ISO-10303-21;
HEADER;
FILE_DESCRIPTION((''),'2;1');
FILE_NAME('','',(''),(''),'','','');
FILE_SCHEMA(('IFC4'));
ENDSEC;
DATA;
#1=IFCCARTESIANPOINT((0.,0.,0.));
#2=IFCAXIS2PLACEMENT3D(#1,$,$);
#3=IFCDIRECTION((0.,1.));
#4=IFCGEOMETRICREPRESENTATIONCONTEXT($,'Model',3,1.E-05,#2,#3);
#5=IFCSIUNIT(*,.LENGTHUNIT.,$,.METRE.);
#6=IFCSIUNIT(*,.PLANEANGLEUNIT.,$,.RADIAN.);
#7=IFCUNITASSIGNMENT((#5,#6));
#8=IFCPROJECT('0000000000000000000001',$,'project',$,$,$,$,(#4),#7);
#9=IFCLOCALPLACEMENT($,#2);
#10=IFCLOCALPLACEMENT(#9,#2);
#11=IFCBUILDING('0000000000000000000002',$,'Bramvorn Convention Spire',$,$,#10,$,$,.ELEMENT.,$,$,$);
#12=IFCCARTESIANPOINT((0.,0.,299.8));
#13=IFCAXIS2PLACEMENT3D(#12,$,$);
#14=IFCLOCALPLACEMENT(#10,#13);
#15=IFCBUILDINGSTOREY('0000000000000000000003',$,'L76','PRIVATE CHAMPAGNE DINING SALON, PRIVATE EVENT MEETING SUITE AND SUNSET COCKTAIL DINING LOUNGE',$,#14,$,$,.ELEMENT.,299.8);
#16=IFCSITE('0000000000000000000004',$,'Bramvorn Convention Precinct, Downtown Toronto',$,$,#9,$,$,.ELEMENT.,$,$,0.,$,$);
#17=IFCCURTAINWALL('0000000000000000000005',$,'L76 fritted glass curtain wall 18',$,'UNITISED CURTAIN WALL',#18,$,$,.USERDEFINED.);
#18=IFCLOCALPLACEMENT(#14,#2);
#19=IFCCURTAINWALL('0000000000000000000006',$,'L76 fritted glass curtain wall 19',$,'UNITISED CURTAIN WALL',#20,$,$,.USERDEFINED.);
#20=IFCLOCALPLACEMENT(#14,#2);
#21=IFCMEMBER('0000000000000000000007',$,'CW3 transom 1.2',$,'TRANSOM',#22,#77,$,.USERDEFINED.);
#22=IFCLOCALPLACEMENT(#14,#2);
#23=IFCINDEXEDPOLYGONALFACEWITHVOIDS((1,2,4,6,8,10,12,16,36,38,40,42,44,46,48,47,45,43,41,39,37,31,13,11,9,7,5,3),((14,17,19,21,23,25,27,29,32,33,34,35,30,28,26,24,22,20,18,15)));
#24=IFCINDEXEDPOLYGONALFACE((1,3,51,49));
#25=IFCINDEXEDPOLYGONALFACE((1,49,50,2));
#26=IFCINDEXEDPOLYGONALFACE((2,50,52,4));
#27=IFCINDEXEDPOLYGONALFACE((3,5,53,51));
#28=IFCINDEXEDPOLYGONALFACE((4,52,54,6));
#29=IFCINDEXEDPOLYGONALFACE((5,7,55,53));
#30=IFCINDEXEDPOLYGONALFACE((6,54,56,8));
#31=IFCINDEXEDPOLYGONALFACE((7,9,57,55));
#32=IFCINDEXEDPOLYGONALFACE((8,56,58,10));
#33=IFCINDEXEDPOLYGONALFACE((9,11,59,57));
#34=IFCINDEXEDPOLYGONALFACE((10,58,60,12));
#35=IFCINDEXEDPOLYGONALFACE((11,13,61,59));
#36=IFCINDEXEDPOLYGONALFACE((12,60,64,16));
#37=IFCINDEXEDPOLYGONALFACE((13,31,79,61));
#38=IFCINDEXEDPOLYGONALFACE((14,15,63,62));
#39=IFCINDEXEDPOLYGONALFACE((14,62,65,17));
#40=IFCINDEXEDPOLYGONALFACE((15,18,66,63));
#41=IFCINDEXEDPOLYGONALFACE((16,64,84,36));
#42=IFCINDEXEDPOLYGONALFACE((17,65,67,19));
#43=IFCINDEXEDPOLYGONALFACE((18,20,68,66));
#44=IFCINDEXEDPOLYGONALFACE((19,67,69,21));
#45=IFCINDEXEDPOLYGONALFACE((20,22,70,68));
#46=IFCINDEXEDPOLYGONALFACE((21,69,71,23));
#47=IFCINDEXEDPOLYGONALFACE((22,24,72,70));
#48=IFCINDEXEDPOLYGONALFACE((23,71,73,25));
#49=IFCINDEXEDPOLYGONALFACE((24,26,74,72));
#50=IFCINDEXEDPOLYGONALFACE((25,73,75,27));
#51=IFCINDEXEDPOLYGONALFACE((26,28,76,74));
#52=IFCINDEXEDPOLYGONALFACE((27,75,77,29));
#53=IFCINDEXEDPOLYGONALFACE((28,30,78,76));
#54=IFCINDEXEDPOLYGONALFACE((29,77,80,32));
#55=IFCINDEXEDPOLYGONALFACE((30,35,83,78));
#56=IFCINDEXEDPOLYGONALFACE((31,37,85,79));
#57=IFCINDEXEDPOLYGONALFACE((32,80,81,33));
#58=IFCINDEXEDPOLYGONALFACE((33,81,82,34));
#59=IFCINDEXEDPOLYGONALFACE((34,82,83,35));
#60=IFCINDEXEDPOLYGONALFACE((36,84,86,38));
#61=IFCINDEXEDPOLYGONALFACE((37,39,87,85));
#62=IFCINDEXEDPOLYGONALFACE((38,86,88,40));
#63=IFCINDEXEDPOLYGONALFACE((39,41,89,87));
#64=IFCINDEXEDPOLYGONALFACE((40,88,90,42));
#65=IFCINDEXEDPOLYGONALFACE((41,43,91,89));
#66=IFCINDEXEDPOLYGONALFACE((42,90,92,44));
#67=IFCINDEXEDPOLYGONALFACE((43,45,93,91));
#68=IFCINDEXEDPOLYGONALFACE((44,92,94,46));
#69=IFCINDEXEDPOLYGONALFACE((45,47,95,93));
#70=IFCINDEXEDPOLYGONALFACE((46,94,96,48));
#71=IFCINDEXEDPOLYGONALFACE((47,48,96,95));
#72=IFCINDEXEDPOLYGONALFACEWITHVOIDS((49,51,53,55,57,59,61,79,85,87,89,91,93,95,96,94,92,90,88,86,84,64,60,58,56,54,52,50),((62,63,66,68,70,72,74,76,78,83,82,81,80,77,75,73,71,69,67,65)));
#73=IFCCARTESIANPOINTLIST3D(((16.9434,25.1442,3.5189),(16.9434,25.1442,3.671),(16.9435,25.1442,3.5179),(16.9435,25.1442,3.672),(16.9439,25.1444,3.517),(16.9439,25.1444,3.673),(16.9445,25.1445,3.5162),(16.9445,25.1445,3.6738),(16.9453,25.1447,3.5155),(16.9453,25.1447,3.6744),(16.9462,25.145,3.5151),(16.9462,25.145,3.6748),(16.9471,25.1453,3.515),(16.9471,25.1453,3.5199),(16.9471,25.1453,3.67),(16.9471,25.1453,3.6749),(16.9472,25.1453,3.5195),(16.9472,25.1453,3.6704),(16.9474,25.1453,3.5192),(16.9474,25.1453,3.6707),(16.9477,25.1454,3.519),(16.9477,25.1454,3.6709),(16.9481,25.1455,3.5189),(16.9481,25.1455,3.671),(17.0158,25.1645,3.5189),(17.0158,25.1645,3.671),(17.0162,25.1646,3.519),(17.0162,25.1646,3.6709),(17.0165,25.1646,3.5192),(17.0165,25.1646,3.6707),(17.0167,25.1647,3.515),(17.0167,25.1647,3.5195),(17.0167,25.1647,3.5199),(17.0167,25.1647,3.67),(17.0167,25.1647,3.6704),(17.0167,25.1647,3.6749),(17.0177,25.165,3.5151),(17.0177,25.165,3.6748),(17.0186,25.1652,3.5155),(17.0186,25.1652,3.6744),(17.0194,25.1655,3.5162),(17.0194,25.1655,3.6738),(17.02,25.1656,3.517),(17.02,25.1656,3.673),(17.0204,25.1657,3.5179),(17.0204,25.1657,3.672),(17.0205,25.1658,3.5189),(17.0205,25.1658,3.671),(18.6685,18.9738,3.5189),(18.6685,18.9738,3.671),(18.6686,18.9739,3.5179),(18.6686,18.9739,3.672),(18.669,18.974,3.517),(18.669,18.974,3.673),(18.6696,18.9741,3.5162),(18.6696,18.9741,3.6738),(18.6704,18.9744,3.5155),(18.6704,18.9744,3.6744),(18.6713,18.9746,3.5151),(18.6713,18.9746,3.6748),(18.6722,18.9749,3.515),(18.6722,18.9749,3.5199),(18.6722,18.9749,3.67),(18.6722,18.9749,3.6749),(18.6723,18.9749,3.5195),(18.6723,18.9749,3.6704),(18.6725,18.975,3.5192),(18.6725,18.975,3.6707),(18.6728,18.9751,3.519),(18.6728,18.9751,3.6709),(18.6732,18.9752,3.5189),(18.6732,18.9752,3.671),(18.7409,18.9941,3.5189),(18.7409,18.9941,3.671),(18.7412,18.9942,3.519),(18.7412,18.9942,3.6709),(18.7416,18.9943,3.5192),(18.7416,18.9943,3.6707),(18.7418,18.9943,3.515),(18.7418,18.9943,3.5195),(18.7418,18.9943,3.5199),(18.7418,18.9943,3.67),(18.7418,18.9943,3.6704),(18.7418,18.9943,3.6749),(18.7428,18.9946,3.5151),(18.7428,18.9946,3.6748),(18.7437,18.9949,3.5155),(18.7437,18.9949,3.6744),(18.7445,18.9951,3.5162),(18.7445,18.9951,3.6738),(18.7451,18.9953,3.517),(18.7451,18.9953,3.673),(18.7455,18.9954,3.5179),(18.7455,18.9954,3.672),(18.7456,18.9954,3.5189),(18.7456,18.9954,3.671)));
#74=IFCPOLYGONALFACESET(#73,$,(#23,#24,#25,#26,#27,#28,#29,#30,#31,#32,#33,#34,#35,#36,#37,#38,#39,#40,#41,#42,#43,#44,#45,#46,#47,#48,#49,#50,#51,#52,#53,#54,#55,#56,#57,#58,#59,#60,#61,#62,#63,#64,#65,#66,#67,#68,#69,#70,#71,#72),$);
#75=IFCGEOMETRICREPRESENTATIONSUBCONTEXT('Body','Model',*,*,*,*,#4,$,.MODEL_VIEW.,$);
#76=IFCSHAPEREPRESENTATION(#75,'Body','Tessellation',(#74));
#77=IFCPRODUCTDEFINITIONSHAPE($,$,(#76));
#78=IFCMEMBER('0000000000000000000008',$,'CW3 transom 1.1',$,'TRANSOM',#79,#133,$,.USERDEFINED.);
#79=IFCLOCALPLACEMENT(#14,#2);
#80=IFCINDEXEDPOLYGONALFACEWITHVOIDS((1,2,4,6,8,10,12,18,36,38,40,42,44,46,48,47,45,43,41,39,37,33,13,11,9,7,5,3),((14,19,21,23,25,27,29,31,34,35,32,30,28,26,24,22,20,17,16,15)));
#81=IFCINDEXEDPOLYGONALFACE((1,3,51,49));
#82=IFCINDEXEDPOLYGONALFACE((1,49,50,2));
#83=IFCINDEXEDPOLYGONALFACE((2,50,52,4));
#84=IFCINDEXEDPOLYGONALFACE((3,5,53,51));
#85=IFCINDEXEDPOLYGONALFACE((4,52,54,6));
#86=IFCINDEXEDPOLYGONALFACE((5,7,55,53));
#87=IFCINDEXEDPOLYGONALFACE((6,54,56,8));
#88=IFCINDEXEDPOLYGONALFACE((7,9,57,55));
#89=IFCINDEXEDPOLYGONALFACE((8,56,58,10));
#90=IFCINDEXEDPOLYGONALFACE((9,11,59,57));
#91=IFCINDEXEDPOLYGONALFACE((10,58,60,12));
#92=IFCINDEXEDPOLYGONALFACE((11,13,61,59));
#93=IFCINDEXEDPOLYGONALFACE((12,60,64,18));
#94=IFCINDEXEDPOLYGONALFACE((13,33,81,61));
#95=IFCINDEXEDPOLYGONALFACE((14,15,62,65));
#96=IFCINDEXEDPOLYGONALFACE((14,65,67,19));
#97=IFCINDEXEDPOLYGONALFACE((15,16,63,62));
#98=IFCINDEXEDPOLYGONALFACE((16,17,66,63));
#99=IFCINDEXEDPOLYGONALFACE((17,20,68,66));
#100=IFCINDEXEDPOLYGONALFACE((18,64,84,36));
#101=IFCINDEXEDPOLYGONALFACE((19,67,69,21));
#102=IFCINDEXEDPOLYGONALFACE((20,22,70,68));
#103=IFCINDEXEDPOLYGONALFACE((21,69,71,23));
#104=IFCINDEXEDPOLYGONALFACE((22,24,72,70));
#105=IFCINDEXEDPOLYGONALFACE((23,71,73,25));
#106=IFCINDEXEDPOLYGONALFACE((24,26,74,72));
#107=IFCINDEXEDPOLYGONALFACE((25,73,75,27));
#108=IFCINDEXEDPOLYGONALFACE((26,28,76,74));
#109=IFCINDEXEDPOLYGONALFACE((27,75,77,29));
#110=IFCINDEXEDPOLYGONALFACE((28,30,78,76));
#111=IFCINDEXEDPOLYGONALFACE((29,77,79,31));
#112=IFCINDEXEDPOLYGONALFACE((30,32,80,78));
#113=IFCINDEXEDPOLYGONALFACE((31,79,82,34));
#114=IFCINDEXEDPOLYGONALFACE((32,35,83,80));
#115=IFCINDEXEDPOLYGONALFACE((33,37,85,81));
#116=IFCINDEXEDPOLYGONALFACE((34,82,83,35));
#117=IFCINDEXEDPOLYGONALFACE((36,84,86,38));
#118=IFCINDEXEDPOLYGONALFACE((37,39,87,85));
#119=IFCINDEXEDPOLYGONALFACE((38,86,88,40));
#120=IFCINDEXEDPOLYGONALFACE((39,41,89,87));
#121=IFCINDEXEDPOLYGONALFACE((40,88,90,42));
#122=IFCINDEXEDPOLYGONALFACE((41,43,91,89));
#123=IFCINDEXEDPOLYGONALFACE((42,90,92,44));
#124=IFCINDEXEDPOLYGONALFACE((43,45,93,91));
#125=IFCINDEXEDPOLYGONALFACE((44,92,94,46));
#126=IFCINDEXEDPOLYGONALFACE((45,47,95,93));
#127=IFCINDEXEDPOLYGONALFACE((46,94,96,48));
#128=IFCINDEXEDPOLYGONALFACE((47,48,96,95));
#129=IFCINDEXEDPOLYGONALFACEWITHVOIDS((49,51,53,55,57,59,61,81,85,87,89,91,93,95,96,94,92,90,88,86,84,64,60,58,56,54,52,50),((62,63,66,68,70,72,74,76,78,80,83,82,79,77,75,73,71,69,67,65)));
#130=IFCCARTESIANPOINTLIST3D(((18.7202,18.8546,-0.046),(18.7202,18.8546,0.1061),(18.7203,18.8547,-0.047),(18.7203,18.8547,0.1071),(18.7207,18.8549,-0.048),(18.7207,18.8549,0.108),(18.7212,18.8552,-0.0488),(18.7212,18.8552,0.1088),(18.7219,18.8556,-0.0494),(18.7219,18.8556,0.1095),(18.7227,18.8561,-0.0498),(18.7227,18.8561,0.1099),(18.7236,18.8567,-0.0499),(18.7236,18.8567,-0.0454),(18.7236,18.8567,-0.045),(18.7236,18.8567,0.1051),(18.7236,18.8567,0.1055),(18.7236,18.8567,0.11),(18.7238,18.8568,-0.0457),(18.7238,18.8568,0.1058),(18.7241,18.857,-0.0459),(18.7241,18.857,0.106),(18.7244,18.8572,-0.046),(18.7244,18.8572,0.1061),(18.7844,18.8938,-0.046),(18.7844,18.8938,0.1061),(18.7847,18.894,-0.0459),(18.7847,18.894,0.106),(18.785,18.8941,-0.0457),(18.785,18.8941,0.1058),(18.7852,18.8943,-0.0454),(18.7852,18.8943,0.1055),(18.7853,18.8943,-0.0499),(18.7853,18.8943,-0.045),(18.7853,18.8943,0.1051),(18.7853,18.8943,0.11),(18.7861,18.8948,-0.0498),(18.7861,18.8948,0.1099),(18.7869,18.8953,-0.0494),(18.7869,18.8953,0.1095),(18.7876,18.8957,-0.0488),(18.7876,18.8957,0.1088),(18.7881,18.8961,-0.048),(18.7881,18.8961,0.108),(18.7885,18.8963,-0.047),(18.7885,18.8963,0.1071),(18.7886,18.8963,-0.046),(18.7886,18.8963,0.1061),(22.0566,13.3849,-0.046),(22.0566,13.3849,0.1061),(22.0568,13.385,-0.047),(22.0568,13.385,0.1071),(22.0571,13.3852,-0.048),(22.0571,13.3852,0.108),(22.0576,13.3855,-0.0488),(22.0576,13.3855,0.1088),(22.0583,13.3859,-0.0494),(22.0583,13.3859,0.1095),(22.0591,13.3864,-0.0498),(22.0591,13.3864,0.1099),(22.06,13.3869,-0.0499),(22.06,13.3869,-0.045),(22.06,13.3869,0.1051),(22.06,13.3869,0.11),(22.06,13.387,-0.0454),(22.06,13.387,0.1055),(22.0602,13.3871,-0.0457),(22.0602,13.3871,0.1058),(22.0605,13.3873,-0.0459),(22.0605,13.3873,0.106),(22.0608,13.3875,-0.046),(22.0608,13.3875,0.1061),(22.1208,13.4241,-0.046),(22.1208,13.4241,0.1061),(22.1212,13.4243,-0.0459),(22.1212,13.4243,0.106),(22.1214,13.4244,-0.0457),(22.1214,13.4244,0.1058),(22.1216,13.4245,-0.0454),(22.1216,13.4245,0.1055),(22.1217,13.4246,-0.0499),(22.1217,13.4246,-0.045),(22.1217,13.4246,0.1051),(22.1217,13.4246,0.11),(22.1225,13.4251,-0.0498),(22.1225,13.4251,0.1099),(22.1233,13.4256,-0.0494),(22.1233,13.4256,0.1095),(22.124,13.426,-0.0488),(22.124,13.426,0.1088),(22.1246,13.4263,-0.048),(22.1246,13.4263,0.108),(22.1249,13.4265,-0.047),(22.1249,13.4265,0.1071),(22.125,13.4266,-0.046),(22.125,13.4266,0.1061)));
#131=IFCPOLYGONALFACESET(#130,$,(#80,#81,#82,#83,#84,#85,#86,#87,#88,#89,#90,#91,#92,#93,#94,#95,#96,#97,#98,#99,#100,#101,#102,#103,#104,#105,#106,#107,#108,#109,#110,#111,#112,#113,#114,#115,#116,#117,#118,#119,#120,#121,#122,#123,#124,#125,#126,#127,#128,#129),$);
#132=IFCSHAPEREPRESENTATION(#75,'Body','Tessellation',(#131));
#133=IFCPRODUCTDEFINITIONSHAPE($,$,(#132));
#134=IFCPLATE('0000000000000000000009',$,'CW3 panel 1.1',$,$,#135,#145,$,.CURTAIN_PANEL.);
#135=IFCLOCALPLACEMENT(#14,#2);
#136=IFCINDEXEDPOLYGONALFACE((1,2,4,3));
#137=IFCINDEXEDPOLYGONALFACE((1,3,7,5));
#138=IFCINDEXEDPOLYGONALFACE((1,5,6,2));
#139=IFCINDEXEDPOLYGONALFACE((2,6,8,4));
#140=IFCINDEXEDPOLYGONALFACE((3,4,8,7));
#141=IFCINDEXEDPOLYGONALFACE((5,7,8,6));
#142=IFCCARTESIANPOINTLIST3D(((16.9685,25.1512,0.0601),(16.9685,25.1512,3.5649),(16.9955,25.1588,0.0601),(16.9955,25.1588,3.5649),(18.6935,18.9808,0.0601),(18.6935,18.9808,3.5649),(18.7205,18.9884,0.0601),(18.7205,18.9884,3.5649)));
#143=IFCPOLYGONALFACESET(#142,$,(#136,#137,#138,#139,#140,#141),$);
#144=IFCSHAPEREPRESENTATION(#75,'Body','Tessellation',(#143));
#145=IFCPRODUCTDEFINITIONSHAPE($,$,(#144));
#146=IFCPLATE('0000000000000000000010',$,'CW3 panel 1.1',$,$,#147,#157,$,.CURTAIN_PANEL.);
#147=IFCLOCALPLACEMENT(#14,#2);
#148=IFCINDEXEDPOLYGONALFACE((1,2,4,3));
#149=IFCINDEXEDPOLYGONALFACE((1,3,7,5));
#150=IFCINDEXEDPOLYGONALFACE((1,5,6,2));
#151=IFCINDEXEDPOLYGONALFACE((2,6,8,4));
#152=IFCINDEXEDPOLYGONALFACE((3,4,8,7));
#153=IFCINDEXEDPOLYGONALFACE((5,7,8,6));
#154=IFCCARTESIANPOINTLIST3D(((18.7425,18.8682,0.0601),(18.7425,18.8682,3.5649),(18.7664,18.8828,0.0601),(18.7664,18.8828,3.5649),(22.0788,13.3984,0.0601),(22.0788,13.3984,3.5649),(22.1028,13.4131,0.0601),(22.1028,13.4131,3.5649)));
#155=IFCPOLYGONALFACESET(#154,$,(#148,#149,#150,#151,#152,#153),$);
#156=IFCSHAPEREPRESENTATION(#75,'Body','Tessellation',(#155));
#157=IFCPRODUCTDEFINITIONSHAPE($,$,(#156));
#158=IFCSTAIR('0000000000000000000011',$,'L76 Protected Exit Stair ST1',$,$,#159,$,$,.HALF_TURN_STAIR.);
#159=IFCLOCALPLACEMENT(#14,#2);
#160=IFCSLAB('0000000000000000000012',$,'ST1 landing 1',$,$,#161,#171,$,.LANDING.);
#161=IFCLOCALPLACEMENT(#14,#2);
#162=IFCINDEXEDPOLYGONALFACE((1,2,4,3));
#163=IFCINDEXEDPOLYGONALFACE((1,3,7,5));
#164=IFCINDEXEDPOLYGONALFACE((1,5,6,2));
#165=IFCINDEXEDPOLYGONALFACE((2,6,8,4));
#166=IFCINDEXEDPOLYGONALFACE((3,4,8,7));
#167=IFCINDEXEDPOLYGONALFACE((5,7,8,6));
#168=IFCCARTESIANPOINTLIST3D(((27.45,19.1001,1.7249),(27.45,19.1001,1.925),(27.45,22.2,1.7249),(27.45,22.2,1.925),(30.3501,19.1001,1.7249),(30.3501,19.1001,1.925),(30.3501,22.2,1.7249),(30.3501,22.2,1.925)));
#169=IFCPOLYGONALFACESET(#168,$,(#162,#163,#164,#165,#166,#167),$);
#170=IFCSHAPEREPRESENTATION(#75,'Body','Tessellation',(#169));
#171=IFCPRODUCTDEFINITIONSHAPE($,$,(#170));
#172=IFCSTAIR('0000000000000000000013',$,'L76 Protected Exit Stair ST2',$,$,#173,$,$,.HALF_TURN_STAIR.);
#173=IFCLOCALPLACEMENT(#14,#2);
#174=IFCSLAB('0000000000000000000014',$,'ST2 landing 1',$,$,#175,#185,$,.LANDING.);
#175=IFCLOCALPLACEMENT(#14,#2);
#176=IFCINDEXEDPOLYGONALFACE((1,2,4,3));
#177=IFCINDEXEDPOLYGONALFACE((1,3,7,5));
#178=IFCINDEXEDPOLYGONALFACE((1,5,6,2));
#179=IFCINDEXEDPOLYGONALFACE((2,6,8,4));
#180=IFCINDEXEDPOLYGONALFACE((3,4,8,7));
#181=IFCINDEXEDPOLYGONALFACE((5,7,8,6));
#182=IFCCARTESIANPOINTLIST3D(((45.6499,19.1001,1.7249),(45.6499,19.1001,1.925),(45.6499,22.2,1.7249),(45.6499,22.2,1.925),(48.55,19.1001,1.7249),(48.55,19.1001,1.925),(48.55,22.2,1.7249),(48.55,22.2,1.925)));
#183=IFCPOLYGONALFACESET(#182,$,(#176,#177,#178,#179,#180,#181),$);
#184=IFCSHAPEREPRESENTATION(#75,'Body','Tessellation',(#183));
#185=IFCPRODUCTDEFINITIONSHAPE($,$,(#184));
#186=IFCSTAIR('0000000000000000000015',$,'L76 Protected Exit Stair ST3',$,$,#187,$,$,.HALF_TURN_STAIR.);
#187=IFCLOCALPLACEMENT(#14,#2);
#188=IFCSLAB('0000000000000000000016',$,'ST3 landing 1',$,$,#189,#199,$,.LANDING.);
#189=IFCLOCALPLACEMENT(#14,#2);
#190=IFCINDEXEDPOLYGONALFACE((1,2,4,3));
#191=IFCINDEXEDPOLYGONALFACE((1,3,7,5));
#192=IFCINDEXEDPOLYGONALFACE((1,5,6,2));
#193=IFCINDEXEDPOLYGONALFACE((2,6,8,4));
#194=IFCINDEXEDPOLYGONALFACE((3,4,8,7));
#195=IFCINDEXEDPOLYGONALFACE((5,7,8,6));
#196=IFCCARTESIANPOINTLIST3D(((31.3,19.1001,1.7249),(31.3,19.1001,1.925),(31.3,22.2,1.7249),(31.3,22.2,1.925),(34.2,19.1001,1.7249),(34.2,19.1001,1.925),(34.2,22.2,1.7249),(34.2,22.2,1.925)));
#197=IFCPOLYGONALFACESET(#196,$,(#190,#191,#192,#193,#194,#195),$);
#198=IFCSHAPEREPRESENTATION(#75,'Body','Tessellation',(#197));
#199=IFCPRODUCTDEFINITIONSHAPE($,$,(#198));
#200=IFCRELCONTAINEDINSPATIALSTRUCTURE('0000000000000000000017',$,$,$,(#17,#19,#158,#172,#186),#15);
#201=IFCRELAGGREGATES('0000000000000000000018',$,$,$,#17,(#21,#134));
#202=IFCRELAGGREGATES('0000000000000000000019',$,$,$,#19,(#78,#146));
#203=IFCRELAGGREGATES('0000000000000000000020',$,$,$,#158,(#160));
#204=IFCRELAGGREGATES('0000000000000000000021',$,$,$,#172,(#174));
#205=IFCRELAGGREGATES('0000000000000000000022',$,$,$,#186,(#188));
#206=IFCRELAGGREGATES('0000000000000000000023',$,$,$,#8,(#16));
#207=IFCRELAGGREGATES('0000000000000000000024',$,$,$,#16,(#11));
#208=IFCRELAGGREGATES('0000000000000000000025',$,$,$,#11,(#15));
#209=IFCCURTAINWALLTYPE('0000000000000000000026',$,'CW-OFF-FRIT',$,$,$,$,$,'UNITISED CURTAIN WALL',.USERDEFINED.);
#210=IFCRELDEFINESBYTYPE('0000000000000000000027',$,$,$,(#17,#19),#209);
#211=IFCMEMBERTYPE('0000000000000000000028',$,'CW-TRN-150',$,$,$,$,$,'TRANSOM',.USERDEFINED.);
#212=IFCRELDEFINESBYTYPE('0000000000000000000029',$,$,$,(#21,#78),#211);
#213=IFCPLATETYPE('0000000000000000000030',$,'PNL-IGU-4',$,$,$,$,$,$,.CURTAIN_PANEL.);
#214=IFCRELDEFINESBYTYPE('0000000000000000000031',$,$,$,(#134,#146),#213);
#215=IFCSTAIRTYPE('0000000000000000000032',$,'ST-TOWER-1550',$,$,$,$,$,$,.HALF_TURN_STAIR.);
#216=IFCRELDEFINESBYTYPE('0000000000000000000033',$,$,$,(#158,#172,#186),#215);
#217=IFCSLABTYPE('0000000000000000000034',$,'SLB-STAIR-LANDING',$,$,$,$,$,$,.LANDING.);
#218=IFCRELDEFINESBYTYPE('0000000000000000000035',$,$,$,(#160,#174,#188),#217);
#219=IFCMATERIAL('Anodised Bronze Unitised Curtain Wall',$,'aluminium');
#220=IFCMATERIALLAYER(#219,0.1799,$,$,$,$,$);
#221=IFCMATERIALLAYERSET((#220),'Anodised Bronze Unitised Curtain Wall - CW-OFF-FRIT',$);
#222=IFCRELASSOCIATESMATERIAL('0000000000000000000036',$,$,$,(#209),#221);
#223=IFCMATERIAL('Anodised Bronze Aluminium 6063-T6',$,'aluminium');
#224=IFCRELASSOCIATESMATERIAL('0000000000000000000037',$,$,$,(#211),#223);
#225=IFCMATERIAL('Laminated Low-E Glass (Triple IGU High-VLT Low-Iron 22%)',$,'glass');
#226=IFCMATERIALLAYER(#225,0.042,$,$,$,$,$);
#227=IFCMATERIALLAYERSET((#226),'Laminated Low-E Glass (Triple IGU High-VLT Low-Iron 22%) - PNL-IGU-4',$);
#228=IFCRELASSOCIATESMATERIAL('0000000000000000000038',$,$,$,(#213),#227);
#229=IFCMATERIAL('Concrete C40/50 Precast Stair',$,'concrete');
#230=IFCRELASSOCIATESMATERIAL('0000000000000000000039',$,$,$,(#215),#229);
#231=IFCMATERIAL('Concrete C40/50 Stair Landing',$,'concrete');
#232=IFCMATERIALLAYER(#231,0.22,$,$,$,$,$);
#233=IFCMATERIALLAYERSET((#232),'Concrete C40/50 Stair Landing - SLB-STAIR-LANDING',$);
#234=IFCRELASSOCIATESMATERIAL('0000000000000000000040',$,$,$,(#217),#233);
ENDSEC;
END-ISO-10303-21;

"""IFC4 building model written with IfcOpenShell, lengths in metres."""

from ifc_helpers import new_model, si_unit, direction, frame, origin, origin_2d, place, context, subcontext, project, spatial, polyline, rectangle, hollow_rectangle, outline, extrude, material, layer, layer_set, material_profile, profile_set, type_object, element, aggregate, save


model = new_model("IFC4")

# Units and contexts
model_context = context("Model", 3, precision=1e-05, world=origin(), true_north=direction((0.0, 1.0)))
body_context = subcontext(model_context, "Body", "Model", "MODEL_VIEW")
ifc_project = project(units=[si_unit("LENGTHUNIT", "METRE"), si_unit("PLANEANGLEUNIT", "RADIAN")], contexts=[model_context])

# Site, building, storey
site_placement = place(None, origin())
site = spatial("IfcSite", under=ifc_project, at=site_placement, Name="Bramvorn Convention Precinct, Downtown Toronto", CompositionType="ELEMENT", RefElevation=0.0)
building_placement = place(site_placement, origin())
building = spatial("IfcBuilding", under=site, at=building_placement, Name="Bramvorn Convention Spire", CompositionType="ELEMENT")
storey_placement = place(building_placement, frame((0.0, 0.0, 299.8)))
storey = spatial("IfcBuildingStorey", under=building, at=storey_placement, Name="L76", Description="PRIVATE CHAMPAGNE DINING SALON, PRIVATE EVENT MEETING SUITE AND SUNSET COCKTAIL DINING LOUNGE", CompositionType="ELEMENT", Elevation=299.8)

# Curtain walls
ifc_material_1 = material(Name="Anodised Bronze Unitised Curtain Wall", Category="aluminium")
ifc_layer_1 = layer(ifc_material_1, 0.1799)
ifc_layer_set_1 = layer_set([ifc_layer_1], Name="Anodised Bronze Unitised Curtain Wall - CW-OFF-FRIT")
curtain_wall_type = type_object("IfcCurtainWallType", Name="CW-OFF-FRIT", ElementType="UNITISED CURTAIN WALL", PredefinedType="USERDEFINED", material=ifc_layer_set_1)
curtain_wall_1_placement = place(storey_placement, origin())
curtain_wall_1 = element("IfcCurtainWall", 1, at=curtain_wall_1_placement, inside=storey, type_object=curtain_wall_type, Name="L76 fritted glass curtain wall 18", ObjectType="UNITISED CURTAIN WALL", PredefinedType="USERDEFINED")
ifc_material_2 = material(Name="Anodised Bronze Aluminium 6063-T6", Category="aluminium")
curtain_wall_2_placement = place(storey_placement, origin())
curtain_wall_2 = element("IfcCurtainWall", 2, at=curtain_wall_2_placement, inside=storey, type_object=curtain_wall_type, Name="L76 fritted glass curtain wall 19", ObjectType="UNITISED CURTAIN WALL", PredefinedType="USERDEFINED")

# Members
ifc_material_profile_1 = material_profile(ifc_material_2, hollow_rectangle(XDim=0.0801, YDim=0.1599, WallThickness=0.0039, InnerFilletRadius=0.001, OuterFilletRadius=0.0039, at=origin_2d()))
ifc_profile_set_1 = profile_set([ifc_material_profile_1], Name="Anodised Bronze Aluminium 6063-T6 - CWT80X160")
member_type_1 = type_object("IfcMemberType", Name="CW-TRN-150", ElementType="TRANSOM", PredefinedType="USERDEFINED", material=ifc_profile_set_1)
member_1_placement = place(storey_placement, frame((18.707, 18.9846, 3.595), z_axis=(-0.269251, 0.96307, 0.0), x_axis=(-0.96307, -0.269251, 0.0)))
member_1 = element("IfcMember", 3, at=member_1_placement, type_object=member_type_1, Name="CW3 transom 1.2", ObjectType="TRANSOM", PredefinedType="USERDEFINED", context=body_context, shape_type="SweptSolid", body=[
    extrude(hollow_rectangle(XDim=0.0801, YDim=0.1599, WallThickness=0.0039, InnerFilletRadius=0.001, OuterFilletRadius=0.0039, at=origin_2d()), origin(), (0.0, 0.0, 1.0), 6.407),
])
member_2_placement = place(storey_placement, frame((22.0908, 13.4058, 0.03), z_axis=(-0.520747, 0.853711, 0.0), x_axis=(-0.853711, -0.520747, 0.0)))
member_2 = element("IfcMember", 4, at=member_2_placement, type_object=member_type_1, Name="CW3 transom 1.1", ObjectType="TRANSOM", PredefinedType="USERDEFINED", context=body_context, shape_type="SweptSolid", body=[
    extrude(hollow_rectangle(XDim=0.0801, YDim=0.1599, WallThickness=0.0039, InnerFilletRadius=0.001, OuterFilletRadius=0.0039, at=origin_2d()), origin(), (0.0, 0.0, 1.0), 6.407),
])

# Plates
ifc_material_3 = material(Name="Laminated Low-E Glass (Triple IGU High-VLT Low-Iron 22%)", Category="glass")
ifc_layer_2 = layer(ifc_material_3, 0.042)
ifc_layer_set_2 = layer_set([ifc_layer_2], Name="Laminated Low-E Glass (Triple IGU High-VLT Low-Iron 22%) - PNL-IGU-4")
plate_type = type_object("IfcPlateType", Name="PNL-IGU-4", PredefinedType="CURTAIN_PANEL", material=ifc_layer_set_2)
plate_1_placement = place(storey_placement, frame((17.8445, 22.0698, 0.0601), z_axis=(0.0, 0.0, 1.0), x_axis=(-0.269239, 0.963073, 0.0)))
plate_1 = element("IfcPlate", 5, at=plate_1_placement, type_object=plate_type, Name="CW3 panel 1.1", PredefinedType="CURTAIN_PANEL", context=body_context, shape_type="SweptSolid", body=[
    extrude(rectangle(XDim=6.407, YDim=0.0281, at=origin_2d()), origin(), (0.0, 0.0, 1.0), 3.5049),
])
aggregate(curtain_wall_1, [member_1, plate_1])
plate_2_placement = place(storey_placement, frame((20.4226, 16.1406, 0.0601), z_axis=(0.0, 0.0, 1.0), x_axis=(-0.520732, 0.85372, 0.0)))
plate_2 = element("IfcPlate", 6, at=plate_2_placement, type_object=plate_type, Name="CW3 panel 1.1", PredefinedType="CURTAIN_PANEL", context=body_context, shape_type="SweptSolid", body=[
    extrude(rectangle(XDim=6.407, YDim=0.0281, at=origin_2d()), origin(), (0.0, 0.0, 1.0), 3.5049),
])
aggregate(curtain_wall_2, [member_2, plate_2])

# Stairs, slabs
ifc_material_4 = material(Name="Concrete C40/50 Precast Stair", Category="concrete")
stair_type = type_object("IfcStairType", Name="ST-TOWER-1550", PredefinedType="HALF_TURN_STAIR", material=ifc_material_4)
stair_1_placement = place(storey_placement, origin())
stair_1 = element("IfcStair", 7, at=stair_1_placement, inside=storey, type_object=stair_type, Name="L76 Protected Exit Stair ST1", PredefinedType="HALF_TURN_STAIR")
ifc_material_5 = material(Name="Concrete C40/50 Stair Landing", Category="concrete")
ifc_layer_3 = layer(ifc_material_5, 0.22)
ifc_layer_set_3 = layer_set([ifc_layer_3], Name="Concrete C40/50 Stair Landing - SLB-STAIR-LANDING")
slab_type_1 = type_object("IfcSlabType", Name="SLB-STAIR-LANDING", PredefinedType="LANDING", material=ifc_layer_set_3)
slab_1_placement = place(storey_placement, frame((0.0, 0.0, 1.7249)))
slab_1 = element("IfcSlab", 8, at=slab_1_placement, type_object=slab_type_1, Name="ST1 landing 1", PredefinedType="LANDING", context=body_context, shape_type="SweptSolid", body=[
    extrude(outline(polyline([(27.45, 22.2), (27.45, 19.1001), (30.3501, 19.1001), (30.3501, 22.2), (27.45, 22.2)])), origin(), (0.0, 0.0, 1.0), 0.2002),
])
aggregate(stair_1, [slab_1])
stair_2_placement = place(storey_placement, origin())
stair_2 = element("IfcStair", 9, at=stair_2_placement, inside=storey, type_object=stair_type, Name="L76 Protected Exit Stair ST2", PredefinedType="HALF_TURN_STAIR")
slab_2_placement = place(storey_placement, frame((0.0, 0.0, 1.7249)))
slab_2 = element("IfcSlab", 10, at=slab_2_placement, type_object=slab_type_1, Name="ST2 landing 1", PredefinedType="LANDING", context=body_context, shape_type="SweptSolid", body=[
    extrude(outline(polyline([(45.6499, 22.2), (45.6499, 19.1001), (48.55, 19.1001), (48.55, 22.2), (45.6499, 22.2)])), origin(), (0.0, 0.0, 1.0), 0.2002),
])
aggregate(stair_2, [slab_2])
stair_3_placement = place(storey_placement, origin())
stair_3 = element("IfcStair", 11, at=stair_3_placement, inside=storey, type_object=stair_type, Name="L76 Protected Exit Stair ST3", PredefinedType="HALF_TURN_STAIR")
slab_3_placement = place(storey_placement, frame((0.0, 0.0, 1.7249)))
slab_3 = element("IfcSlab", 12, at=slab_3_placement, type_object=slab_type_1, Name="ST3 landing 1", PredefinedType="LANDING", context=body_context, shape_type="SweptSolid", body=[
    extrude(outline(polyline([(31.3, 22.2), (31.3, 19.1001), (34.2, 19.1001), (34.2, 22.2), (31.3, 22.2)])), origin(), (0.0, 0.0, 1.0), 0.2002),
])
aggregate(stair_3, [slab_3])

save(model, "model.ifc")
